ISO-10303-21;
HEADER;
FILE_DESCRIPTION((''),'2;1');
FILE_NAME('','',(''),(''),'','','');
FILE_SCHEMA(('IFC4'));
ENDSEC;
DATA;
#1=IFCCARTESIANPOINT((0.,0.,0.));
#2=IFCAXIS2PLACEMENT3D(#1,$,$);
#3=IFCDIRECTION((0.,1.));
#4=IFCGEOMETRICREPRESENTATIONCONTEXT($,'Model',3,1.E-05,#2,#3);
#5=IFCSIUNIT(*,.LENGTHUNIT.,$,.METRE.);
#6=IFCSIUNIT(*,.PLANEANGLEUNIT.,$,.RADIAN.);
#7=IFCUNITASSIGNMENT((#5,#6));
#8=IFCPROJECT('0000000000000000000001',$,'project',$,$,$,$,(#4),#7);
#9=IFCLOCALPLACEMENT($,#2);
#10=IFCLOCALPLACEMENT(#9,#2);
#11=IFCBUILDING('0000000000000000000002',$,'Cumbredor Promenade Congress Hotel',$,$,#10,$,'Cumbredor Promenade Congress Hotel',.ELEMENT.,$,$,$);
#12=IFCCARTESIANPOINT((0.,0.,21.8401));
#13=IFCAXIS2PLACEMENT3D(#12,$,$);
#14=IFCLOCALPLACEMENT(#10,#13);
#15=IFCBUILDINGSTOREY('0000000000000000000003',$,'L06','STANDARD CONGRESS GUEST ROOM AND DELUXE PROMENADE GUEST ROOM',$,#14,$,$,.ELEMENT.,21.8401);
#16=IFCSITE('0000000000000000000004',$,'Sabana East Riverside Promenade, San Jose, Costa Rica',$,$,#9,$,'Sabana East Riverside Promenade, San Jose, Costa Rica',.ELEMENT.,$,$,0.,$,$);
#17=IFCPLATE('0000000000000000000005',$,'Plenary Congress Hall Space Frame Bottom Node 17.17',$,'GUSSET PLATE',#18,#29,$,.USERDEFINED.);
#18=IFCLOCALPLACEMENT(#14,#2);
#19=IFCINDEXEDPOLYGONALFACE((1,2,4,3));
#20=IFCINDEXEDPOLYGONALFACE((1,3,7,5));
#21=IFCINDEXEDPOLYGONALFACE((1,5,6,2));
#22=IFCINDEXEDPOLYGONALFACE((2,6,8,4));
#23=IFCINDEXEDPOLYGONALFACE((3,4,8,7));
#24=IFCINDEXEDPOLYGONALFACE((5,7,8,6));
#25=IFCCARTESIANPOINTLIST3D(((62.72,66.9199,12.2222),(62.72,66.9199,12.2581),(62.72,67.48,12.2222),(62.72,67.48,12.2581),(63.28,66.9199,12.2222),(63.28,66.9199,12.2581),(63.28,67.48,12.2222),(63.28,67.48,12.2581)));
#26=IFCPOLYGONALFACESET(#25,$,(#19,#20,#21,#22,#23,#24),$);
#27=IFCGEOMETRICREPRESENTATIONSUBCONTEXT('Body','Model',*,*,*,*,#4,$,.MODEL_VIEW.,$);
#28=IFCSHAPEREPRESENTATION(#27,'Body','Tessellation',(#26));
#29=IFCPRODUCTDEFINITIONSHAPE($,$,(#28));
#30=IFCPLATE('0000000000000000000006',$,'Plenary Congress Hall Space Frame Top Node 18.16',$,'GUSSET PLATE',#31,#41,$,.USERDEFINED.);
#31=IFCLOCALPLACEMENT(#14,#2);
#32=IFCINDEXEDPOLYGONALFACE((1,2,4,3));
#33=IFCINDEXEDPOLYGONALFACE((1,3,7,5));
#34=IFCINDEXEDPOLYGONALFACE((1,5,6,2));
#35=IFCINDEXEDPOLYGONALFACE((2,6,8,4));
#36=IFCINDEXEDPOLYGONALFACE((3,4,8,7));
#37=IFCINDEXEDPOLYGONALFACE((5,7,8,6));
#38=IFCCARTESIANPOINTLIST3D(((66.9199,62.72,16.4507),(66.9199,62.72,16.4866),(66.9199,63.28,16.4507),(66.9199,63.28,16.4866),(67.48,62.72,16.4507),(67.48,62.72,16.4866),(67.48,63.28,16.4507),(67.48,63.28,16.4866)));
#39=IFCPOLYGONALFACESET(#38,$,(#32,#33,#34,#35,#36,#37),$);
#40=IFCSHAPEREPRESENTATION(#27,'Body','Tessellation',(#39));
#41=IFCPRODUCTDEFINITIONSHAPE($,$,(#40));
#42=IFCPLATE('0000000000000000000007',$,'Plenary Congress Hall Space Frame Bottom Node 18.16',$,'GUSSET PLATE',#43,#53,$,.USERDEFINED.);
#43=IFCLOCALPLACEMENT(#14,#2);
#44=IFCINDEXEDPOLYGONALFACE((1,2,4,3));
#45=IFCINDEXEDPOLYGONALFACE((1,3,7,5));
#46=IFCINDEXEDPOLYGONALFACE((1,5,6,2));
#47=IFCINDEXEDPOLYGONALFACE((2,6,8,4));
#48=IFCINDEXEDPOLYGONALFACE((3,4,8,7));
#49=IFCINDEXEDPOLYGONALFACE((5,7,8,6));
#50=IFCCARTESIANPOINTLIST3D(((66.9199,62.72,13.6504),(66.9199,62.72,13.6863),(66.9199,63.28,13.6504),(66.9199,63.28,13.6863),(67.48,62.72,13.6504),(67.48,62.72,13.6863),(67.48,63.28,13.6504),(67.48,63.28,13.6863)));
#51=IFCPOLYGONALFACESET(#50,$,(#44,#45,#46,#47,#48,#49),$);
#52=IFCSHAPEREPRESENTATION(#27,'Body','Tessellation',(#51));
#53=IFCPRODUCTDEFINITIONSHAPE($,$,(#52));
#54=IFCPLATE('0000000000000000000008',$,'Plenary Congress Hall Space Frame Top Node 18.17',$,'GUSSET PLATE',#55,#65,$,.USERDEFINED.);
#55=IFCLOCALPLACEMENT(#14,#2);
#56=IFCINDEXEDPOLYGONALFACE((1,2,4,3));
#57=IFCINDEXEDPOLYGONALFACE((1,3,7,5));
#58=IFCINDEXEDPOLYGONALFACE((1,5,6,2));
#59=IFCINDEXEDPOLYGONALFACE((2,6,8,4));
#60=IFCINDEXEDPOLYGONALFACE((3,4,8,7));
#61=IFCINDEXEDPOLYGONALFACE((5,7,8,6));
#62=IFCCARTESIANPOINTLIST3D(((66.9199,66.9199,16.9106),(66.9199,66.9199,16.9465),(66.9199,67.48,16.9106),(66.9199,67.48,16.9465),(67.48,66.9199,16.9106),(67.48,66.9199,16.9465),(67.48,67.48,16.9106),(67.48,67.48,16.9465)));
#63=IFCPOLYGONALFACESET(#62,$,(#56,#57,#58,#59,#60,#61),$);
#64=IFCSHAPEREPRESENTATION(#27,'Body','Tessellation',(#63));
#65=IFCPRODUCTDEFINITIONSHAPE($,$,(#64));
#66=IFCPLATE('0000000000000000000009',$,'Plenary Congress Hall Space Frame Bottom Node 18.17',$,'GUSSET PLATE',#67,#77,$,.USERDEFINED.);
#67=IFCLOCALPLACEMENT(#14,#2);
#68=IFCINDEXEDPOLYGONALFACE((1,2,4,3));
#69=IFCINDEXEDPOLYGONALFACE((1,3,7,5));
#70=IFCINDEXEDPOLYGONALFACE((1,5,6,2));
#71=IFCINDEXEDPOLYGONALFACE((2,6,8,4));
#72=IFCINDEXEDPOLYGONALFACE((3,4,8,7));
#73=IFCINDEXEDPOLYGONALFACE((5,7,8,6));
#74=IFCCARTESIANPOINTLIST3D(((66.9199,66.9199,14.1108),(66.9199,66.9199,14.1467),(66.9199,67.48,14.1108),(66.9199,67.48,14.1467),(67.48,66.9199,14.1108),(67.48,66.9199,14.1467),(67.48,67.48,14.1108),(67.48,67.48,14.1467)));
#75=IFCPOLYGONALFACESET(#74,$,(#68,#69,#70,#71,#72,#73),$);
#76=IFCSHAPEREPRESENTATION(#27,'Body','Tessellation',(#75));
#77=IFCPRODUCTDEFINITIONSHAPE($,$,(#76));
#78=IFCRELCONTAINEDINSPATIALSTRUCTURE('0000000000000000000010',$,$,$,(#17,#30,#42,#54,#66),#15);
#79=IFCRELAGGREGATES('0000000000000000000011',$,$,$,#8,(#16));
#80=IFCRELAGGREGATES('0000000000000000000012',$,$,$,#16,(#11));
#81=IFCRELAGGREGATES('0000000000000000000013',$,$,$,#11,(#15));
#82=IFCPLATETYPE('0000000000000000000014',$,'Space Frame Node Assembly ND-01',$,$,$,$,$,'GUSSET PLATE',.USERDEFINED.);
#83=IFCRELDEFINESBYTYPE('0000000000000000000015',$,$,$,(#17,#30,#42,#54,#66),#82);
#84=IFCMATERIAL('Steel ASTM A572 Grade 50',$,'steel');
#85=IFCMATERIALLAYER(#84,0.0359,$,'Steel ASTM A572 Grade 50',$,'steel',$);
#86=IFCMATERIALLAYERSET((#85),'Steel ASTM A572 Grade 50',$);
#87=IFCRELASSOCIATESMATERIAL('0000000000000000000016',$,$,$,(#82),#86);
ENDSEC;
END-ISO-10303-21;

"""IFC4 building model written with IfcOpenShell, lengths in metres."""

from ifc_helpers import new_model, si_unit, direction, frame, origin, origin_2d, place, context, subcontext, project, spatial, rectangle, extrude, material, layer, layer_set, type_object, element, save


model = new_model("IFC4")

# Units and contexts
model_context = context("Model", 3, precision=1e-05, world=origin(), true_north=direction((0.0, 1.0)))
body_context = subcontext(model_context, "Body", "Model", "MODEL_VIEW")
ifc_project = project(units=[si_unit("LENGTHUNIT", "METRE"), si_unit("PLANEANGLEUNIT", "RADIAN")], contexts=[model_context])

# Site, building, storey
site_placement = place(None, origin())
site = spatial("IfcSite", under=ifc_project, at=site_placement, Name="Sabana East Riverside Promenade, San Jose, Costa Rica", LongName="Sabana East Riverside Promenade, San Jose, Costa Rica", CompositionType="ELEMENT", RefElevation=0.0)
building_placement = place(site_placement, origin())
building = spatial("IfcBuilding", under=site, at=building_placement, Name="Cumbredor Promenade Congress Hotel", LongName="Cumbredor Promenade Congress Hotel", CompositionType="ELEMENT")
storey_placement = place(building_placement, frame((0.0, 0.0, 21.8401)))
storey = spatial("IfcBuildingStorey", under=building, at=storey_placement, Name="L06", Description="STANDARD CONGRESS GUEST ROOM AND DELUXE PROMENADE GUEST ROOM", CompositionType="ELEMENT", Elevation=21.8401)

# Plates
ifc_material_1 = material(Name="Steel ASTM A572 Grade 50", Category="steel")
ifc_layer = layer(ifc_material_1, 0.0359, Name="Steel ASTM A572 Grade 50", Category="steel")
ifc_layer_set = layer_set([ifc_layer], Name="Steel ASTM A572 Grade 50")
plate_type = type_object("IfcPlateType", Name="Space Frame Node Assembly ND-01", ElementType="GUSSET PLATE", PredefinedType="USERDEFINED", material=ifc_layer_set)
for number, where, z_axis, x_axis, name in (
    (1, (63.0, 67.2, 12.2222), (0.0, 0.0, 1.0), (1.0, 0.0, 0.0), "Plenary Congress Hall Space Frame Bottom Node 17.17"),
    (2, (67.2, 63.0, 16.4507), (0.0, 0.0, 1.0), (1.0, 0.0, 0.0), "Plenary Congress Hall Space Frame Top Node 18.16"),
    (3, (67.2, 63.0, 13.6504), (0.0, 0.0, 1.0), (1.0, 0.0, 0.0), "Plenary Congress Hall Space Frame Bottom Node 18.16"),
    (4, (67.2, 67.2, 16.9106), (0.0, 0.0, 1.0), (1.0, 0.0, 0.0), "Plenary Congress Hall Space Frame Top Node 18.17"),
    (5, (67.2, 67.2, 14.1108), (0.0, 0.0, 1.0), (1.0, 0.0, 0.0), "Plenary Congress Hall Space Frame Bottom Node 18.17"),
):
    element("IfcPlate", number, at=place(storey_placement, frame(where, z_axis=z_axis, x_axis=x_axis)), inside=storey, type_object=plate_type, Name=name, ObjectType="GUSSET PLATE", PredefinedType="USERDEFINED", context=body_context, shape_type="SweptSolid", body=[
        extrude(rectangle(XDim=0.5601, YDim=0.5601, at=origin_2d()), origin(), (0.0, 0.0, 1.0), 0.0359),
    ])

save(model, "model.ifc")
